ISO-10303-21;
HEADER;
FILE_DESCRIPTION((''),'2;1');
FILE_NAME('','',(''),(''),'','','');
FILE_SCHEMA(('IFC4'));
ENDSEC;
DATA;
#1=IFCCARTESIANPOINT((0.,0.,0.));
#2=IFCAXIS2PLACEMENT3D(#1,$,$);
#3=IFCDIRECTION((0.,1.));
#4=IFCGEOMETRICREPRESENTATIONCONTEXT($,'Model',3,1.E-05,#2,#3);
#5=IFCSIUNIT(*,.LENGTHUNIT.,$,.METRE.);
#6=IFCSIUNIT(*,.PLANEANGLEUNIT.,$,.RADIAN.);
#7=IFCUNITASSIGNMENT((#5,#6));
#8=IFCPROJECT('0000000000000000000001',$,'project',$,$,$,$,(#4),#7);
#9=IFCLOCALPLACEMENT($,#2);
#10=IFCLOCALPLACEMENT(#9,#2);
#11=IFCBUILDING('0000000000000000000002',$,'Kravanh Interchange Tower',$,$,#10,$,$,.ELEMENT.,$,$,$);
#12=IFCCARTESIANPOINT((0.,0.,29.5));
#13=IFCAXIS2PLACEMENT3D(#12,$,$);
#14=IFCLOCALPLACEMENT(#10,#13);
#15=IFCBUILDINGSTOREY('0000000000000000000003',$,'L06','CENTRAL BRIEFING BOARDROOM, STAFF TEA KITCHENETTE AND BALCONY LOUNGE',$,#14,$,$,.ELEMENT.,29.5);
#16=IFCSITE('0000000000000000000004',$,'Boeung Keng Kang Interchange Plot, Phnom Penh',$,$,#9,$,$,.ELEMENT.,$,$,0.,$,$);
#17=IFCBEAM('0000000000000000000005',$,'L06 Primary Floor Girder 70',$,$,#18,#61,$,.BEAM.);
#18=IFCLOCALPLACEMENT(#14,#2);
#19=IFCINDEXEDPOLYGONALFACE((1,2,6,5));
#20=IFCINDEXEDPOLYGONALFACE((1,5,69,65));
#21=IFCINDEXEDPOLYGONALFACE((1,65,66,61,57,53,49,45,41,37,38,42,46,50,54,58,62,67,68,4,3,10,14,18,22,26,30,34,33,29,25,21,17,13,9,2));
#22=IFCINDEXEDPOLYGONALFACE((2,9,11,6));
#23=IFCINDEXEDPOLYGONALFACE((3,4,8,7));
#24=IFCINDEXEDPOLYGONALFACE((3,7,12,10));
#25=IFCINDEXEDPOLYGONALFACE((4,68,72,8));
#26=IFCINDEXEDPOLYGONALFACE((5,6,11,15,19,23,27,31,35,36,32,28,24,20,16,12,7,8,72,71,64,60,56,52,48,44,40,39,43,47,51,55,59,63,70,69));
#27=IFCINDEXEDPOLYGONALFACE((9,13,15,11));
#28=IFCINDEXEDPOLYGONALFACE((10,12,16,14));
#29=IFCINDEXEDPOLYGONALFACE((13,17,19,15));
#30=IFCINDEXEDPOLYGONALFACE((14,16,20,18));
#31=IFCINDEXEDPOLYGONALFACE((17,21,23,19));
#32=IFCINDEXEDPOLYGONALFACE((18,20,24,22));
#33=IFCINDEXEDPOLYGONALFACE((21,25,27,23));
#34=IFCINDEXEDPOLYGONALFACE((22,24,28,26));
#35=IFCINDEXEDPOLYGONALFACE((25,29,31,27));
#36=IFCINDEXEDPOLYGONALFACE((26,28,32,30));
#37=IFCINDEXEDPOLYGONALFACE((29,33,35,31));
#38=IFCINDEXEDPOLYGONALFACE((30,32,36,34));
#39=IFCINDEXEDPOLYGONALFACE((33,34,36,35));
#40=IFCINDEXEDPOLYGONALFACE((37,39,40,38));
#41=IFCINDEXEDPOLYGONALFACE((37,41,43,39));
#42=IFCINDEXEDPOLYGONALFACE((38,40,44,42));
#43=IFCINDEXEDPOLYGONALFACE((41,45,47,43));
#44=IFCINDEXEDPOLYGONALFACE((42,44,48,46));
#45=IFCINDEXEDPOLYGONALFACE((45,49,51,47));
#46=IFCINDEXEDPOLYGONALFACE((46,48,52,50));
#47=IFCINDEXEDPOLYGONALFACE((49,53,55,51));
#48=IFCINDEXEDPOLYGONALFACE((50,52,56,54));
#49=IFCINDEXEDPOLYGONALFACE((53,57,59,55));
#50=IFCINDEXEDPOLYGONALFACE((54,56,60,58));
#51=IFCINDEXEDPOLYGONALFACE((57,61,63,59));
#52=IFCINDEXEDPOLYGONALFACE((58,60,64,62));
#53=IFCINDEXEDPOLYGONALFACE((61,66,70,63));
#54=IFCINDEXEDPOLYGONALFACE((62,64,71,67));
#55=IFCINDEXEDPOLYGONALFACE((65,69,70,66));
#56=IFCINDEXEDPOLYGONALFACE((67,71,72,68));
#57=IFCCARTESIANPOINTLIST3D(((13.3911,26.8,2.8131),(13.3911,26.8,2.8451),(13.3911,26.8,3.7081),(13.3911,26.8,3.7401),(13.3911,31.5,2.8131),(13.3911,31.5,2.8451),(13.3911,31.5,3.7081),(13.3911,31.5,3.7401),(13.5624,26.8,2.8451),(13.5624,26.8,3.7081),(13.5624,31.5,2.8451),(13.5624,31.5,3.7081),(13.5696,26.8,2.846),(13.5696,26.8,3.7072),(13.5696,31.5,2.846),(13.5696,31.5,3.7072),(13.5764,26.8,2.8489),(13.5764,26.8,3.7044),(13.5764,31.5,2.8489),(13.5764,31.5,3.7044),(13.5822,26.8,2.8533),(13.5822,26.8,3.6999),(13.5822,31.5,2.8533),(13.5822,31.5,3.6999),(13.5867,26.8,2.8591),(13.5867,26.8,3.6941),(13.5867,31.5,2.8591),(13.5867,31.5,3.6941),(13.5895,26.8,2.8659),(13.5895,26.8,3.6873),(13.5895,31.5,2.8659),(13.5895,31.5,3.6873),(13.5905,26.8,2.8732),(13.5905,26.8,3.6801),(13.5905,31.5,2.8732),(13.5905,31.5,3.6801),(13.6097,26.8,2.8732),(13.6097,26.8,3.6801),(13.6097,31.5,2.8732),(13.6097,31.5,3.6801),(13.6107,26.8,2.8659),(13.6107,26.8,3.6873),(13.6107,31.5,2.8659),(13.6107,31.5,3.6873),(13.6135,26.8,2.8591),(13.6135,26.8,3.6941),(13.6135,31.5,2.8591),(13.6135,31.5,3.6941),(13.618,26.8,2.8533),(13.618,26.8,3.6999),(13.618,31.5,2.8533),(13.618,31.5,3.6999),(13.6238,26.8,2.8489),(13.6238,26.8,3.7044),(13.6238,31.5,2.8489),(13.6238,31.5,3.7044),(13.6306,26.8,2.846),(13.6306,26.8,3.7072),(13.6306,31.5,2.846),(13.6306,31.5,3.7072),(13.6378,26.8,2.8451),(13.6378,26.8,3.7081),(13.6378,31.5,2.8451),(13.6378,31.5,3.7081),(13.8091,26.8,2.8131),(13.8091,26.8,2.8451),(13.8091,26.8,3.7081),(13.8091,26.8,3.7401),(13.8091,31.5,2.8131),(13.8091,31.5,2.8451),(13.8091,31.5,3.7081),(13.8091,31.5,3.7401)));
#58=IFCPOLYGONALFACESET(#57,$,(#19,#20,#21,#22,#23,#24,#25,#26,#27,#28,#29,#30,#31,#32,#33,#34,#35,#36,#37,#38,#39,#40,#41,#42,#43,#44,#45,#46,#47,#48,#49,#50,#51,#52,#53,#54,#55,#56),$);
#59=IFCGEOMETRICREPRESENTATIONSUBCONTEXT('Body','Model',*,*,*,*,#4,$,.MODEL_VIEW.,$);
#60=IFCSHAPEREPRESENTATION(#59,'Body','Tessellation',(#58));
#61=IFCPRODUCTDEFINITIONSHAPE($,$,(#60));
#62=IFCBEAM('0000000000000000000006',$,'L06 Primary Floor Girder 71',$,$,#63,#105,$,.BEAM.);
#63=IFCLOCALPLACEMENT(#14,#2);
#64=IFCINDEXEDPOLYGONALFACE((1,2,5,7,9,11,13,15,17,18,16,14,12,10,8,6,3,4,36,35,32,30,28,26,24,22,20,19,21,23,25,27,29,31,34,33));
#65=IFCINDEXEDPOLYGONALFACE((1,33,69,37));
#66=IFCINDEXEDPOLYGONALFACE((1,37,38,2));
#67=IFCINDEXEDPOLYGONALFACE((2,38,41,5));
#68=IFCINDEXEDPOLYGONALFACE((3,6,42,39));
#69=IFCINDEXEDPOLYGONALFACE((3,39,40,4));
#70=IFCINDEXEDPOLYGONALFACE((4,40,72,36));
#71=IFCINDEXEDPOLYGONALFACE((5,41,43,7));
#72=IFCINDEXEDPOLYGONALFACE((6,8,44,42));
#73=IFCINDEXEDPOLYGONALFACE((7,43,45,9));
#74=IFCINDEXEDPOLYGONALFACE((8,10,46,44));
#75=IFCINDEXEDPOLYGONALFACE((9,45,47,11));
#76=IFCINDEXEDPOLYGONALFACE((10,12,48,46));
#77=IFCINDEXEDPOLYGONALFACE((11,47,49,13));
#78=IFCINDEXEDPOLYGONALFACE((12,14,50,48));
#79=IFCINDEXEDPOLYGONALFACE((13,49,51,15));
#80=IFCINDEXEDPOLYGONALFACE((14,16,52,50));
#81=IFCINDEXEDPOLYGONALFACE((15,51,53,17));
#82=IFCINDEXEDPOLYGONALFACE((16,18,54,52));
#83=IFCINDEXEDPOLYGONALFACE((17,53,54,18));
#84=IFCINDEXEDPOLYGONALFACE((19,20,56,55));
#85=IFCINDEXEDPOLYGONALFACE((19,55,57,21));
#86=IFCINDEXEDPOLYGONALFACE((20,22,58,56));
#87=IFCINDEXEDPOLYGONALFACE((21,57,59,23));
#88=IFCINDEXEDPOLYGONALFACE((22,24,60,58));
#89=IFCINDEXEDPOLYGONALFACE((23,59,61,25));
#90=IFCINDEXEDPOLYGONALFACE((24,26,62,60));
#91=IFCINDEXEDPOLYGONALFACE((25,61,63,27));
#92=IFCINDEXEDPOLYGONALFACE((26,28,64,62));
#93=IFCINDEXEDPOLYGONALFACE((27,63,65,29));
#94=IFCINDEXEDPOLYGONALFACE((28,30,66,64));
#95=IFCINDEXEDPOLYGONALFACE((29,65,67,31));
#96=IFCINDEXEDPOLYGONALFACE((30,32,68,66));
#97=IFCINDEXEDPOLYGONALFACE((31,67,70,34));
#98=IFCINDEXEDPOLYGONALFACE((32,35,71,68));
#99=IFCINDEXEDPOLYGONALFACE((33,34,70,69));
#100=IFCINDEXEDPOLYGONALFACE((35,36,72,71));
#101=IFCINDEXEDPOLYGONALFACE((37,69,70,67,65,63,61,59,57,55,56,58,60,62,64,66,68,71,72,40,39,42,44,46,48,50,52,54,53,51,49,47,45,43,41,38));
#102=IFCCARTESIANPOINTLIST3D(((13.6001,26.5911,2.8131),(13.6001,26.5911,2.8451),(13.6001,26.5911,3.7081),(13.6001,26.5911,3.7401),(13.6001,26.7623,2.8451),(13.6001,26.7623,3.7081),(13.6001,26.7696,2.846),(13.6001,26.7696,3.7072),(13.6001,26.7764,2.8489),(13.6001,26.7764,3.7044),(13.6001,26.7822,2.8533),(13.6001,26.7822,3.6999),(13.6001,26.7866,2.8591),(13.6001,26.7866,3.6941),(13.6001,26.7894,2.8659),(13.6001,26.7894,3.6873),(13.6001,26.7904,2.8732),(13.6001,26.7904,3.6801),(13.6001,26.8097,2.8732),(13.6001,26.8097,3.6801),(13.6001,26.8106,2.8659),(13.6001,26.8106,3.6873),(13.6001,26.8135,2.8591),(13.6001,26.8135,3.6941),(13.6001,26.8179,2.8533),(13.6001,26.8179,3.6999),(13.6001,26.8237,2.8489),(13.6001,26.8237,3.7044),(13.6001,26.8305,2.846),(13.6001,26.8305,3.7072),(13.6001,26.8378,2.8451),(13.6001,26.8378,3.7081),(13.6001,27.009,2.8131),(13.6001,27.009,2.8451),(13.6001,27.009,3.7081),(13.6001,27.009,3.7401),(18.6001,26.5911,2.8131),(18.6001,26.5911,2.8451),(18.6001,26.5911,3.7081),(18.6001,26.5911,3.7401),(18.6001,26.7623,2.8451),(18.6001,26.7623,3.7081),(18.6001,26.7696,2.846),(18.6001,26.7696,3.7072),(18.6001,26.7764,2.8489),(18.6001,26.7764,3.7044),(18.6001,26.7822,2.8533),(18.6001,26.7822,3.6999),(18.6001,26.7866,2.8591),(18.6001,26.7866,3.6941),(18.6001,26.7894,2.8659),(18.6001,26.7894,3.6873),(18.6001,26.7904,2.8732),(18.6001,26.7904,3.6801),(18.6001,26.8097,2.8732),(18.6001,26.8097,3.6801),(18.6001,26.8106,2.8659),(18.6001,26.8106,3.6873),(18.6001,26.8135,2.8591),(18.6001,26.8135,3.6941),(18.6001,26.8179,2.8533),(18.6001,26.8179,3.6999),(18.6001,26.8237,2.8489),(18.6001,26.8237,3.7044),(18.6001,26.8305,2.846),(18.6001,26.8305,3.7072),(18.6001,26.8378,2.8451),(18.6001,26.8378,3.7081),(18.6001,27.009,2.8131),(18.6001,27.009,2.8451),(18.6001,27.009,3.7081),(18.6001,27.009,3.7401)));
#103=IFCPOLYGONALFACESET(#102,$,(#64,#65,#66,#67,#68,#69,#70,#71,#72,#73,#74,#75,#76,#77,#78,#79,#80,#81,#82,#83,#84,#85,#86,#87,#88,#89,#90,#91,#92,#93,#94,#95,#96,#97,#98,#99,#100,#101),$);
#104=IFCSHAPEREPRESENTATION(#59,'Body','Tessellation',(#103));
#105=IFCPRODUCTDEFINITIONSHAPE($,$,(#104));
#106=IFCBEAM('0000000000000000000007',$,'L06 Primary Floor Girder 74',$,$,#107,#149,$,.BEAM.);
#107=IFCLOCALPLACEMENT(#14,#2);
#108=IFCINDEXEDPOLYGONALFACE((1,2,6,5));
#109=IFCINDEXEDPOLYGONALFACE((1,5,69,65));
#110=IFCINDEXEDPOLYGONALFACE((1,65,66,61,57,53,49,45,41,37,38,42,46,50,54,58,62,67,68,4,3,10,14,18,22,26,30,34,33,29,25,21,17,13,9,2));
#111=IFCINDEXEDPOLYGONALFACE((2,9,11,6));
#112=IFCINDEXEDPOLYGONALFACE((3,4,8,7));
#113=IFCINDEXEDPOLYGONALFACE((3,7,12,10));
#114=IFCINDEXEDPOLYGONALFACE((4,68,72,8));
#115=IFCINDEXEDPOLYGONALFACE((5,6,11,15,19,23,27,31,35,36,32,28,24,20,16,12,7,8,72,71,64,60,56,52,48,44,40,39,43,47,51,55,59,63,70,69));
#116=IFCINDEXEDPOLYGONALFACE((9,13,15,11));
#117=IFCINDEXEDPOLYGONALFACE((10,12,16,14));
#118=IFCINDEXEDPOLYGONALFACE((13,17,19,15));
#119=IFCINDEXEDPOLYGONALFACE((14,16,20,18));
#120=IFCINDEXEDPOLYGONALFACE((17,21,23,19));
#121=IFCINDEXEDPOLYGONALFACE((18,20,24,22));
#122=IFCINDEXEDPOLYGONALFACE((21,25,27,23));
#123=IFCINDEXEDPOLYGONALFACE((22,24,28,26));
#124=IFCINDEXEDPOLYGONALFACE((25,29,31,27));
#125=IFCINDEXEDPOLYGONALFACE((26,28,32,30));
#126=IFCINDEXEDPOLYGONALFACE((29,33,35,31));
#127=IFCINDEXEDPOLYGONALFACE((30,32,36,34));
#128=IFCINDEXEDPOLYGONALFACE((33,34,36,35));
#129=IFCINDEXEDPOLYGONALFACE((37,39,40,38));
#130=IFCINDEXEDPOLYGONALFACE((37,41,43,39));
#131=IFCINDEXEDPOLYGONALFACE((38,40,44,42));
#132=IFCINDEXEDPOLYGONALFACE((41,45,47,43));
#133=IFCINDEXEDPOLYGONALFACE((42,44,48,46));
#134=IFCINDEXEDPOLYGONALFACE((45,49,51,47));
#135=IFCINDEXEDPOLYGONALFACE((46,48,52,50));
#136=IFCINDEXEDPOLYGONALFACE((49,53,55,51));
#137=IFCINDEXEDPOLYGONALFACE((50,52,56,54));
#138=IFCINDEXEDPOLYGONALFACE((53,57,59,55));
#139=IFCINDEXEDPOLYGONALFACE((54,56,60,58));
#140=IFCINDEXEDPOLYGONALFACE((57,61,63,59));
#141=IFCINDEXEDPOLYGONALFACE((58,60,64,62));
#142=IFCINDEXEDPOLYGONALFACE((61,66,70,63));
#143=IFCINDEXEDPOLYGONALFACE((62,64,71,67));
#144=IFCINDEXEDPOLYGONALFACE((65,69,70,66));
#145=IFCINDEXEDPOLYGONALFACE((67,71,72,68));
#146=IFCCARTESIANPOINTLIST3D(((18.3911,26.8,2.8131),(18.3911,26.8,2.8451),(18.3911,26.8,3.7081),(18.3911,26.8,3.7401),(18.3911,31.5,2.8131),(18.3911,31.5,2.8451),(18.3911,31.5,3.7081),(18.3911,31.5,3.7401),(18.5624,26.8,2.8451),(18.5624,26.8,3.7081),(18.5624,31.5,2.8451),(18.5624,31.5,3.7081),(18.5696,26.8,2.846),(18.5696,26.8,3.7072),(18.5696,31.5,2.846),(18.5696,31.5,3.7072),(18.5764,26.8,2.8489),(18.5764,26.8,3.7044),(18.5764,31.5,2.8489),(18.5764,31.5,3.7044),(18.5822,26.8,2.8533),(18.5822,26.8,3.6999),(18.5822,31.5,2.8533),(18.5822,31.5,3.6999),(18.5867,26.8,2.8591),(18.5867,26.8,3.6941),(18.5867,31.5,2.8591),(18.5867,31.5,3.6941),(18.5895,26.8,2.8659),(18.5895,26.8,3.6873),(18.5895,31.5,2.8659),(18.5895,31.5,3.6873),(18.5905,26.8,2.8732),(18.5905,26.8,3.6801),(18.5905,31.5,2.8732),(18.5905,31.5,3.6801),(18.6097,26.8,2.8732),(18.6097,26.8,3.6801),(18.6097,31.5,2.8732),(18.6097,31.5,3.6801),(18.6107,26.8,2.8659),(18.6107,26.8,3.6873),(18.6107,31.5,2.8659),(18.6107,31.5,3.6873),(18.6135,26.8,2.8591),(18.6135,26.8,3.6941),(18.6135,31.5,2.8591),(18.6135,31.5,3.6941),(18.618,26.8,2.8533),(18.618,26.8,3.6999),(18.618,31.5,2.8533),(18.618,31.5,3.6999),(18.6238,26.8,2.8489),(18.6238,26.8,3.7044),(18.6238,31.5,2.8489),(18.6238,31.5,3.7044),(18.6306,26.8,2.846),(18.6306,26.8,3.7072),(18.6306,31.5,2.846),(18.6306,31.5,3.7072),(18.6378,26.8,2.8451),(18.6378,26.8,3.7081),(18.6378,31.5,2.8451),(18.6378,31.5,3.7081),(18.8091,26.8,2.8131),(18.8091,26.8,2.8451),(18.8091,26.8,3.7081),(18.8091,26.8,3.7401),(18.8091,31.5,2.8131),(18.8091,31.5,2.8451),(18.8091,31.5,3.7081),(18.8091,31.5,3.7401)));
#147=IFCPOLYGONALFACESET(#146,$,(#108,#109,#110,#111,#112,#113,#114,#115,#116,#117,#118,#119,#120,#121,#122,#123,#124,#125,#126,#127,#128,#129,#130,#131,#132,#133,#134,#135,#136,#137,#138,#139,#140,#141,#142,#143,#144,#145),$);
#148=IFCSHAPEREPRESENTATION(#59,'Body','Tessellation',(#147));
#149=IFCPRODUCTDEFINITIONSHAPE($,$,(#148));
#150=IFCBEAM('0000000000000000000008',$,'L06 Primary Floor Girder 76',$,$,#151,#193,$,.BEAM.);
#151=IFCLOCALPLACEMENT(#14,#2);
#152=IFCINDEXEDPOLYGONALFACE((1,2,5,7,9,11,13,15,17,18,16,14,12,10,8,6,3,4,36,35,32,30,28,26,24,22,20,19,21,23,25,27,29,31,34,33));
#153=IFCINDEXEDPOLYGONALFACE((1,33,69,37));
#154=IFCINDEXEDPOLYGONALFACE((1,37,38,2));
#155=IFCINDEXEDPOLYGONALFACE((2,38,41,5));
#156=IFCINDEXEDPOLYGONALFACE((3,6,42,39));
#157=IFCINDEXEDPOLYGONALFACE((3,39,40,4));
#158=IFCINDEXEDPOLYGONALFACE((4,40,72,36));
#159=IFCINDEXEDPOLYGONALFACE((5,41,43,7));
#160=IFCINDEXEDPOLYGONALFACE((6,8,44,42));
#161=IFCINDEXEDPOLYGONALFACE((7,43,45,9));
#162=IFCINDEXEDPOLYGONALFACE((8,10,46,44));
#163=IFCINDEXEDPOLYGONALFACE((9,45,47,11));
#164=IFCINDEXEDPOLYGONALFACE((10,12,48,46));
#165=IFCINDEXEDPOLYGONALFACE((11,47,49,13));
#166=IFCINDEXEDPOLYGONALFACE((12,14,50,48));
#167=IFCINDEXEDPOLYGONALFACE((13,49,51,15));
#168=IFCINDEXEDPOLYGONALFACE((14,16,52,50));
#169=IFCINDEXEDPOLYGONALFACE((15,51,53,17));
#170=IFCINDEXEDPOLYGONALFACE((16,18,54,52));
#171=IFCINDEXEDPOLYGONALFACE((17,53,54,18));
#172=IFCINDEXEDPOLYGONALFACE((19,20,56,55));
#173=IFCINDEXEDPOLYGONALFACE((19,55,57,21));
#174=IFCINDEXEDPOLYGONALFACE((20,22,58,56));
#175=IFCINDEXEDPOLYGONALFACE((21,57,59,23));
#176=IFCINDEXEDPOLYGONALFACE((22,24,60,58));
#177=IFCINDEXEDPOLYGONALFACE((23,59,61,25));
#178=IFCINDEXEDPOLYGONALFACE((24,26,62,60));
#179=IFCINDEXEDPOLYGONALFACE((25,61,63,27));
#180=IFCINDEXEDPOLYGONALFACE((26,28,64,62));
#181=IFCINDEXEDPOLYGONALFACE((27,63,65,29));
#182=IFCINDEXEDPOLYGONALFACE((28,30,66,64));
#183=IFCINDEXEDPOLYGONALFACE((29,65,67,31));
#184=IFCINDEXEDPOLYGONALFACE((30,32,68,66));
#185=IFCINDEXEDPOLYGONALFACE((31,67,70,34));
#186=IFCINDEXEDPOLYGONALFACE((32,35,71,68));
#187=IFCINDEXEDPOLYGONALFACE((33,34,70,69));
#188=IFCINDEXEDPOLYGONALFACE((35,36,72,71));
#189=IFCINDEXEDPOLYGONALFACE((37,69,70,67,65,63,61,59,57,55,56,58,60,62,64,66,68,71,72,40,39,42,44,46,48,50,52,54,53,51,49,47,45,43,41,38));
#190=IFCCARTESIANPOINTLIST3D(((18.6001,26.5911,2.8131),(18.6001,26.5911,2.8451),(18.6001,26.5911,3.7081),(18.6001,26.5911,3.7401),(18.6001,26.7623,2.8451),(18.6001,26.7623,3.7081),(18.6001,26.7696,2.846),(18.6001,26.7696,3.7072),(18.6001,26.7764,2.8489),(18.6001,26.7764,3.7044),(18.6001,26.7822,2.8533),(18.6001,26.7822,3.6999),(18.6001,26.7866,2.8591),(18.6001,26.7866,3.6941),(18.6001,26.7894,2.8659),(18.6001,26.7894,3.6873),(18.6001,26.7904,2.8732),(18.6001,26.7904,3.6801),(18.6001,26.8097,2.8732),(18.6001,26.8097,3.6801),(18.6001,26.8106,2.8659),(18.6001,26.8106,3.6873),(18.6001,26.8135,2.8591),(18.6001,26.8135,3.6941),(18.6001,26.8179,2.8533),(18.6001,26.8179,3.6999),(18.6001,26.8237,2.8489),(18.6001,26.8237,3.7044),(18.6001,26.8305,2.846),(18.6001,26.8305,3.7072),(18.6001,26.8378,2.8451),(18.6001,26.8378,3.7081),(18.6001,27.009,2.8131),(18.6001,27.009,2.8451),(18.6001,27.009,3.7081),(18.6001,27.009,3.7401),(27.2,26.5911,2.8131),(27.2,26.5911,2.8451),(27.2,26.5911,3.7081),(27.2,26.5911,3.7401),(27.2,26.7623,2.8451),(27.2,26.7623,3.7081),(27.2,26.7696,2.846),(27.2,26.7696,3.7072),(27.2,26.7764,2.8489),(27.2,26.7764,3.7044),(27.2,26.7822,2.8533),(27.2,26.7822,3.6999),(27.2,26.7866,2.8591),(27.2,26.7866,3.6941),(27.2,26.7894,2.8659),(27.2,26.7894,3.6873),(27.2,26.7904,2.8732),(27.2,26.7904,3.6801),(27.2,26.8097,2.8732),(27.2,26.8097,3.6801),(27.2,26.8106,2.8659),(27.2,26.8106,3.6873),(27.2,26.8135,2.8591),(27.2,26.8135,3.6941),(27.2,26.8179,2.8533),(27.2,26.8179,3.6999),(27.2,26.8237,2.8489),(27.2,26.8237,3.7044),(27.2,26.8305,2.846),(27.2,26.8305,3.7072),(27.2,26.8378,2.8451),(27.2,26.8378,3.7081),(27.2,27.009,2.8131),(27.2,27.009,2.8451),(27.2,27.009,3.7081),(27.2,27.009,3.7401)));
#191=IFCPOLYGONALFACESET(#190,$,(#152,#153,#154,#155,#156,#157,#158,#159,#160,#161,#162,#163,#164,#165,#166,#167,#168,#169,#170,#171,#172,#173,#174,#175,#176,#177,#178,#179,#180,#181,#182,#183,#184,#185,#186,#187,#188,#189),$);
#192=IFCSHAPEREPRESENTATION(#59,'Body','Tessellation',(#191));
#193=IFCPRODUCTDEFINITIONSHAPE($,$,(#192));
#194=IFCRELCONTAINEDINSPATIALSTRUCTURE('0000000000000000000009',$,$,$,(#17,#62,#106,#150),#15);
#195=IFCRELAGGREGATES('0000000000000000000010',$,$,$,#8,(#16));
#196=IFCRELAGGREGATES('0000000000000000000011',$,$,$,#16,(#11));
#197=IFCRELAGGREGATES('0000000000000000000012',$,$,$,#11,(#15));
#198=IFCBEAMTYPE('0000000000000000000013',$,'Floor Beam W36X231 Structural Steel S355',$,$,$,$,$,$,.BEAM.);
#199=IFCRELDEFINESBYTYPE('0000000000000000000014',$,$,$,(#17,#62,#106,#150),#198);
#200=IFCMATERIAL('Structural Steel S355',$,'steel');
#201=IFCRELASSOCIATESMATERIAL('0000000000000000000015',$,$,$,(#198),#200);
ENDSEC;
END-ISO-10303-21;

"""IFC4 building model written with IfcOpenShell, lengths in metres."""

from ifc_helpers import new_model, si_unit, direction, frame, origin, origin_2d, place, context, subcontext, project, spatial, i_section, extrude, material, material_profile, profile_set, type_object, element, save


model = new_model("IFC4")

# Units and contexts
model_context = context("Model", 3, precision=1e-05, world=origin(), true_north=direction((0.0, 1.0)))
body_context = subcontext(model_context, "Body", "Model", "MODEL_VIEW")
ifc_project = project(units=[si_unit("LENGTHUNIT", "METRE"), si_unit("PLANEANGLEUNIT", "RADIAN")], contexts=[model_context])

# Site, building, storey
site_placement = place(None, origin())
site = spatial("IfcSite", under=ifc_project, at=site_placement, Name="Boeung Keng Kang Interchange Plot, Phnom Penh", CompositionType="ELEMENT", RefElevation=0.0)
building_placement = place(site_placement, origin())
building = spatial("IfcBuilding", under=site, at=building_placement, Name="Kravanh Interchange Tower", CompositionType="ELEMENT")
storey_placement = place(building_placement, frame((0.0, 0.0, 29.5)))
storey = spatial("IfcBuildingStorey", under=building, at=storey_placement, Name="L06", Description="CENTRAL BRIEFING BOARDROOM, STAFF TEA KITCHENETTE AND BALCONY LOUNGE", CompositionType="ELEMENT", Elevation=29.5)

# Beams
ifc_material_1 = material(Name="Structural Steel S355", Category="steel")
ifc_material_profile_1 = material_profile(ifc_material_1, i_section(OverallWidth=0.418, OverallDepth=0.927, WebThickness=0.0193, FlangeThickness=0.032, FilletRadius=0.0281, at=origin_2d()), Name="W36X231")
ifc_profile_set_1 = profile_set([ifc_material_profile_1], Name="Structural Steel S355")
beam_type_1 = type_object("IfcBeamType", Name="Floor Beam W36X231 Structural Steel S355", PredefinedType="BEAM", material=ifc_profile_set_1)
beam_1_placement = place(storey_placement, frame((13.6001, 26.8, 3.2766), z_axis=(0.0, 1.0, 0.0), x_axis=(-1.0, 0.0, 0.0)))
element("IfcBeam", 1, at=beam_1_placement, inside=storey, type_object=beam_type_1, Name="L06 Primary Floor Girder 70", PredefinedType="BEAM", context=body_context, shape_type="SweptSolid", body=[
    extrude(i_section(OverallWidth=0.418, OverallDepth=0.927, WebThickness=0.0193, FlangeThickness=0.032, FilletRadius=0.0281, at=origin_2d()), origin(), (0.0, 0.0, 1.0), 4.7),
])
beam_2_placement = place(storey_placement, frame((13.6001, 26.8, 3.2766), z_axis=(1.0, 0.0, 0.0), x_axis=(0.0, 1.0, 0.0)))
element("IfcBeam", 2, at=beam_2_placement, inside=storey, type_object=beam_type_1, Name="L06 Primary Floor Girder 71", PredefinedType="BEAM", context=body_context, shape_type="SweptSolid", body=[
    extrude(i_section(OverallWidth=0.418, OverallDepth=0.927, WebThickness=0.0193, FlangeThickness=0.032, FilletRadius=0.0281, at=origin_2d()), origin(), (0.0, 0.0, 1.0), 5.0),
])
beam_3_placement = place(storey_placement, frame((18.6001, 26.8, 3.2766), z_axis=(0.0, 1.0, 0.0), x_axis=(-1.0, 0.0, 0.0)))
element("IfcBeam", 3, at=beam_3_placement, inside=storey, type_object=beam_type_1, Name="L06 Primary Floor Girder 74", PredefinedType="BEAM", context=body_context, shape_type="SweptSolid", body=[
    extrude(i_section(OverallWidth=0.418, OverallDepth=0.927, WebThickness=0.0193, FlangeThickness=0.032, FilletRadius=0.0281, at=origin_2d()), origin(), (0.0, 0.0, 1.0), 4.7),
])
beam_4_placement = place(storey_placement, frame((18.6001, 26.8, 3.2766), z_axis=(1.0, 0.0, 0.0), x_axis=(0.0, 1.0, 0.0)))
element("IfcBeam", 4, at=beam_4_placement, inside=storey, type_object=beam_type_1, Name="L06 Primary Floor Girder 76", PredefinedType="BEAM", context=body_context, shape_type="SweptSolid", body=[
    extrude(i_section(OverallWidth=0.418, OverallDepth=0.927, WebThickness=0.0193, FlangeThickness=0.032, FilletRadius=0.0281, at=origin_2d()), origin(), (0.0, 0.0, 1.0), 8.5999),
])

save(model, "model.ifc")
